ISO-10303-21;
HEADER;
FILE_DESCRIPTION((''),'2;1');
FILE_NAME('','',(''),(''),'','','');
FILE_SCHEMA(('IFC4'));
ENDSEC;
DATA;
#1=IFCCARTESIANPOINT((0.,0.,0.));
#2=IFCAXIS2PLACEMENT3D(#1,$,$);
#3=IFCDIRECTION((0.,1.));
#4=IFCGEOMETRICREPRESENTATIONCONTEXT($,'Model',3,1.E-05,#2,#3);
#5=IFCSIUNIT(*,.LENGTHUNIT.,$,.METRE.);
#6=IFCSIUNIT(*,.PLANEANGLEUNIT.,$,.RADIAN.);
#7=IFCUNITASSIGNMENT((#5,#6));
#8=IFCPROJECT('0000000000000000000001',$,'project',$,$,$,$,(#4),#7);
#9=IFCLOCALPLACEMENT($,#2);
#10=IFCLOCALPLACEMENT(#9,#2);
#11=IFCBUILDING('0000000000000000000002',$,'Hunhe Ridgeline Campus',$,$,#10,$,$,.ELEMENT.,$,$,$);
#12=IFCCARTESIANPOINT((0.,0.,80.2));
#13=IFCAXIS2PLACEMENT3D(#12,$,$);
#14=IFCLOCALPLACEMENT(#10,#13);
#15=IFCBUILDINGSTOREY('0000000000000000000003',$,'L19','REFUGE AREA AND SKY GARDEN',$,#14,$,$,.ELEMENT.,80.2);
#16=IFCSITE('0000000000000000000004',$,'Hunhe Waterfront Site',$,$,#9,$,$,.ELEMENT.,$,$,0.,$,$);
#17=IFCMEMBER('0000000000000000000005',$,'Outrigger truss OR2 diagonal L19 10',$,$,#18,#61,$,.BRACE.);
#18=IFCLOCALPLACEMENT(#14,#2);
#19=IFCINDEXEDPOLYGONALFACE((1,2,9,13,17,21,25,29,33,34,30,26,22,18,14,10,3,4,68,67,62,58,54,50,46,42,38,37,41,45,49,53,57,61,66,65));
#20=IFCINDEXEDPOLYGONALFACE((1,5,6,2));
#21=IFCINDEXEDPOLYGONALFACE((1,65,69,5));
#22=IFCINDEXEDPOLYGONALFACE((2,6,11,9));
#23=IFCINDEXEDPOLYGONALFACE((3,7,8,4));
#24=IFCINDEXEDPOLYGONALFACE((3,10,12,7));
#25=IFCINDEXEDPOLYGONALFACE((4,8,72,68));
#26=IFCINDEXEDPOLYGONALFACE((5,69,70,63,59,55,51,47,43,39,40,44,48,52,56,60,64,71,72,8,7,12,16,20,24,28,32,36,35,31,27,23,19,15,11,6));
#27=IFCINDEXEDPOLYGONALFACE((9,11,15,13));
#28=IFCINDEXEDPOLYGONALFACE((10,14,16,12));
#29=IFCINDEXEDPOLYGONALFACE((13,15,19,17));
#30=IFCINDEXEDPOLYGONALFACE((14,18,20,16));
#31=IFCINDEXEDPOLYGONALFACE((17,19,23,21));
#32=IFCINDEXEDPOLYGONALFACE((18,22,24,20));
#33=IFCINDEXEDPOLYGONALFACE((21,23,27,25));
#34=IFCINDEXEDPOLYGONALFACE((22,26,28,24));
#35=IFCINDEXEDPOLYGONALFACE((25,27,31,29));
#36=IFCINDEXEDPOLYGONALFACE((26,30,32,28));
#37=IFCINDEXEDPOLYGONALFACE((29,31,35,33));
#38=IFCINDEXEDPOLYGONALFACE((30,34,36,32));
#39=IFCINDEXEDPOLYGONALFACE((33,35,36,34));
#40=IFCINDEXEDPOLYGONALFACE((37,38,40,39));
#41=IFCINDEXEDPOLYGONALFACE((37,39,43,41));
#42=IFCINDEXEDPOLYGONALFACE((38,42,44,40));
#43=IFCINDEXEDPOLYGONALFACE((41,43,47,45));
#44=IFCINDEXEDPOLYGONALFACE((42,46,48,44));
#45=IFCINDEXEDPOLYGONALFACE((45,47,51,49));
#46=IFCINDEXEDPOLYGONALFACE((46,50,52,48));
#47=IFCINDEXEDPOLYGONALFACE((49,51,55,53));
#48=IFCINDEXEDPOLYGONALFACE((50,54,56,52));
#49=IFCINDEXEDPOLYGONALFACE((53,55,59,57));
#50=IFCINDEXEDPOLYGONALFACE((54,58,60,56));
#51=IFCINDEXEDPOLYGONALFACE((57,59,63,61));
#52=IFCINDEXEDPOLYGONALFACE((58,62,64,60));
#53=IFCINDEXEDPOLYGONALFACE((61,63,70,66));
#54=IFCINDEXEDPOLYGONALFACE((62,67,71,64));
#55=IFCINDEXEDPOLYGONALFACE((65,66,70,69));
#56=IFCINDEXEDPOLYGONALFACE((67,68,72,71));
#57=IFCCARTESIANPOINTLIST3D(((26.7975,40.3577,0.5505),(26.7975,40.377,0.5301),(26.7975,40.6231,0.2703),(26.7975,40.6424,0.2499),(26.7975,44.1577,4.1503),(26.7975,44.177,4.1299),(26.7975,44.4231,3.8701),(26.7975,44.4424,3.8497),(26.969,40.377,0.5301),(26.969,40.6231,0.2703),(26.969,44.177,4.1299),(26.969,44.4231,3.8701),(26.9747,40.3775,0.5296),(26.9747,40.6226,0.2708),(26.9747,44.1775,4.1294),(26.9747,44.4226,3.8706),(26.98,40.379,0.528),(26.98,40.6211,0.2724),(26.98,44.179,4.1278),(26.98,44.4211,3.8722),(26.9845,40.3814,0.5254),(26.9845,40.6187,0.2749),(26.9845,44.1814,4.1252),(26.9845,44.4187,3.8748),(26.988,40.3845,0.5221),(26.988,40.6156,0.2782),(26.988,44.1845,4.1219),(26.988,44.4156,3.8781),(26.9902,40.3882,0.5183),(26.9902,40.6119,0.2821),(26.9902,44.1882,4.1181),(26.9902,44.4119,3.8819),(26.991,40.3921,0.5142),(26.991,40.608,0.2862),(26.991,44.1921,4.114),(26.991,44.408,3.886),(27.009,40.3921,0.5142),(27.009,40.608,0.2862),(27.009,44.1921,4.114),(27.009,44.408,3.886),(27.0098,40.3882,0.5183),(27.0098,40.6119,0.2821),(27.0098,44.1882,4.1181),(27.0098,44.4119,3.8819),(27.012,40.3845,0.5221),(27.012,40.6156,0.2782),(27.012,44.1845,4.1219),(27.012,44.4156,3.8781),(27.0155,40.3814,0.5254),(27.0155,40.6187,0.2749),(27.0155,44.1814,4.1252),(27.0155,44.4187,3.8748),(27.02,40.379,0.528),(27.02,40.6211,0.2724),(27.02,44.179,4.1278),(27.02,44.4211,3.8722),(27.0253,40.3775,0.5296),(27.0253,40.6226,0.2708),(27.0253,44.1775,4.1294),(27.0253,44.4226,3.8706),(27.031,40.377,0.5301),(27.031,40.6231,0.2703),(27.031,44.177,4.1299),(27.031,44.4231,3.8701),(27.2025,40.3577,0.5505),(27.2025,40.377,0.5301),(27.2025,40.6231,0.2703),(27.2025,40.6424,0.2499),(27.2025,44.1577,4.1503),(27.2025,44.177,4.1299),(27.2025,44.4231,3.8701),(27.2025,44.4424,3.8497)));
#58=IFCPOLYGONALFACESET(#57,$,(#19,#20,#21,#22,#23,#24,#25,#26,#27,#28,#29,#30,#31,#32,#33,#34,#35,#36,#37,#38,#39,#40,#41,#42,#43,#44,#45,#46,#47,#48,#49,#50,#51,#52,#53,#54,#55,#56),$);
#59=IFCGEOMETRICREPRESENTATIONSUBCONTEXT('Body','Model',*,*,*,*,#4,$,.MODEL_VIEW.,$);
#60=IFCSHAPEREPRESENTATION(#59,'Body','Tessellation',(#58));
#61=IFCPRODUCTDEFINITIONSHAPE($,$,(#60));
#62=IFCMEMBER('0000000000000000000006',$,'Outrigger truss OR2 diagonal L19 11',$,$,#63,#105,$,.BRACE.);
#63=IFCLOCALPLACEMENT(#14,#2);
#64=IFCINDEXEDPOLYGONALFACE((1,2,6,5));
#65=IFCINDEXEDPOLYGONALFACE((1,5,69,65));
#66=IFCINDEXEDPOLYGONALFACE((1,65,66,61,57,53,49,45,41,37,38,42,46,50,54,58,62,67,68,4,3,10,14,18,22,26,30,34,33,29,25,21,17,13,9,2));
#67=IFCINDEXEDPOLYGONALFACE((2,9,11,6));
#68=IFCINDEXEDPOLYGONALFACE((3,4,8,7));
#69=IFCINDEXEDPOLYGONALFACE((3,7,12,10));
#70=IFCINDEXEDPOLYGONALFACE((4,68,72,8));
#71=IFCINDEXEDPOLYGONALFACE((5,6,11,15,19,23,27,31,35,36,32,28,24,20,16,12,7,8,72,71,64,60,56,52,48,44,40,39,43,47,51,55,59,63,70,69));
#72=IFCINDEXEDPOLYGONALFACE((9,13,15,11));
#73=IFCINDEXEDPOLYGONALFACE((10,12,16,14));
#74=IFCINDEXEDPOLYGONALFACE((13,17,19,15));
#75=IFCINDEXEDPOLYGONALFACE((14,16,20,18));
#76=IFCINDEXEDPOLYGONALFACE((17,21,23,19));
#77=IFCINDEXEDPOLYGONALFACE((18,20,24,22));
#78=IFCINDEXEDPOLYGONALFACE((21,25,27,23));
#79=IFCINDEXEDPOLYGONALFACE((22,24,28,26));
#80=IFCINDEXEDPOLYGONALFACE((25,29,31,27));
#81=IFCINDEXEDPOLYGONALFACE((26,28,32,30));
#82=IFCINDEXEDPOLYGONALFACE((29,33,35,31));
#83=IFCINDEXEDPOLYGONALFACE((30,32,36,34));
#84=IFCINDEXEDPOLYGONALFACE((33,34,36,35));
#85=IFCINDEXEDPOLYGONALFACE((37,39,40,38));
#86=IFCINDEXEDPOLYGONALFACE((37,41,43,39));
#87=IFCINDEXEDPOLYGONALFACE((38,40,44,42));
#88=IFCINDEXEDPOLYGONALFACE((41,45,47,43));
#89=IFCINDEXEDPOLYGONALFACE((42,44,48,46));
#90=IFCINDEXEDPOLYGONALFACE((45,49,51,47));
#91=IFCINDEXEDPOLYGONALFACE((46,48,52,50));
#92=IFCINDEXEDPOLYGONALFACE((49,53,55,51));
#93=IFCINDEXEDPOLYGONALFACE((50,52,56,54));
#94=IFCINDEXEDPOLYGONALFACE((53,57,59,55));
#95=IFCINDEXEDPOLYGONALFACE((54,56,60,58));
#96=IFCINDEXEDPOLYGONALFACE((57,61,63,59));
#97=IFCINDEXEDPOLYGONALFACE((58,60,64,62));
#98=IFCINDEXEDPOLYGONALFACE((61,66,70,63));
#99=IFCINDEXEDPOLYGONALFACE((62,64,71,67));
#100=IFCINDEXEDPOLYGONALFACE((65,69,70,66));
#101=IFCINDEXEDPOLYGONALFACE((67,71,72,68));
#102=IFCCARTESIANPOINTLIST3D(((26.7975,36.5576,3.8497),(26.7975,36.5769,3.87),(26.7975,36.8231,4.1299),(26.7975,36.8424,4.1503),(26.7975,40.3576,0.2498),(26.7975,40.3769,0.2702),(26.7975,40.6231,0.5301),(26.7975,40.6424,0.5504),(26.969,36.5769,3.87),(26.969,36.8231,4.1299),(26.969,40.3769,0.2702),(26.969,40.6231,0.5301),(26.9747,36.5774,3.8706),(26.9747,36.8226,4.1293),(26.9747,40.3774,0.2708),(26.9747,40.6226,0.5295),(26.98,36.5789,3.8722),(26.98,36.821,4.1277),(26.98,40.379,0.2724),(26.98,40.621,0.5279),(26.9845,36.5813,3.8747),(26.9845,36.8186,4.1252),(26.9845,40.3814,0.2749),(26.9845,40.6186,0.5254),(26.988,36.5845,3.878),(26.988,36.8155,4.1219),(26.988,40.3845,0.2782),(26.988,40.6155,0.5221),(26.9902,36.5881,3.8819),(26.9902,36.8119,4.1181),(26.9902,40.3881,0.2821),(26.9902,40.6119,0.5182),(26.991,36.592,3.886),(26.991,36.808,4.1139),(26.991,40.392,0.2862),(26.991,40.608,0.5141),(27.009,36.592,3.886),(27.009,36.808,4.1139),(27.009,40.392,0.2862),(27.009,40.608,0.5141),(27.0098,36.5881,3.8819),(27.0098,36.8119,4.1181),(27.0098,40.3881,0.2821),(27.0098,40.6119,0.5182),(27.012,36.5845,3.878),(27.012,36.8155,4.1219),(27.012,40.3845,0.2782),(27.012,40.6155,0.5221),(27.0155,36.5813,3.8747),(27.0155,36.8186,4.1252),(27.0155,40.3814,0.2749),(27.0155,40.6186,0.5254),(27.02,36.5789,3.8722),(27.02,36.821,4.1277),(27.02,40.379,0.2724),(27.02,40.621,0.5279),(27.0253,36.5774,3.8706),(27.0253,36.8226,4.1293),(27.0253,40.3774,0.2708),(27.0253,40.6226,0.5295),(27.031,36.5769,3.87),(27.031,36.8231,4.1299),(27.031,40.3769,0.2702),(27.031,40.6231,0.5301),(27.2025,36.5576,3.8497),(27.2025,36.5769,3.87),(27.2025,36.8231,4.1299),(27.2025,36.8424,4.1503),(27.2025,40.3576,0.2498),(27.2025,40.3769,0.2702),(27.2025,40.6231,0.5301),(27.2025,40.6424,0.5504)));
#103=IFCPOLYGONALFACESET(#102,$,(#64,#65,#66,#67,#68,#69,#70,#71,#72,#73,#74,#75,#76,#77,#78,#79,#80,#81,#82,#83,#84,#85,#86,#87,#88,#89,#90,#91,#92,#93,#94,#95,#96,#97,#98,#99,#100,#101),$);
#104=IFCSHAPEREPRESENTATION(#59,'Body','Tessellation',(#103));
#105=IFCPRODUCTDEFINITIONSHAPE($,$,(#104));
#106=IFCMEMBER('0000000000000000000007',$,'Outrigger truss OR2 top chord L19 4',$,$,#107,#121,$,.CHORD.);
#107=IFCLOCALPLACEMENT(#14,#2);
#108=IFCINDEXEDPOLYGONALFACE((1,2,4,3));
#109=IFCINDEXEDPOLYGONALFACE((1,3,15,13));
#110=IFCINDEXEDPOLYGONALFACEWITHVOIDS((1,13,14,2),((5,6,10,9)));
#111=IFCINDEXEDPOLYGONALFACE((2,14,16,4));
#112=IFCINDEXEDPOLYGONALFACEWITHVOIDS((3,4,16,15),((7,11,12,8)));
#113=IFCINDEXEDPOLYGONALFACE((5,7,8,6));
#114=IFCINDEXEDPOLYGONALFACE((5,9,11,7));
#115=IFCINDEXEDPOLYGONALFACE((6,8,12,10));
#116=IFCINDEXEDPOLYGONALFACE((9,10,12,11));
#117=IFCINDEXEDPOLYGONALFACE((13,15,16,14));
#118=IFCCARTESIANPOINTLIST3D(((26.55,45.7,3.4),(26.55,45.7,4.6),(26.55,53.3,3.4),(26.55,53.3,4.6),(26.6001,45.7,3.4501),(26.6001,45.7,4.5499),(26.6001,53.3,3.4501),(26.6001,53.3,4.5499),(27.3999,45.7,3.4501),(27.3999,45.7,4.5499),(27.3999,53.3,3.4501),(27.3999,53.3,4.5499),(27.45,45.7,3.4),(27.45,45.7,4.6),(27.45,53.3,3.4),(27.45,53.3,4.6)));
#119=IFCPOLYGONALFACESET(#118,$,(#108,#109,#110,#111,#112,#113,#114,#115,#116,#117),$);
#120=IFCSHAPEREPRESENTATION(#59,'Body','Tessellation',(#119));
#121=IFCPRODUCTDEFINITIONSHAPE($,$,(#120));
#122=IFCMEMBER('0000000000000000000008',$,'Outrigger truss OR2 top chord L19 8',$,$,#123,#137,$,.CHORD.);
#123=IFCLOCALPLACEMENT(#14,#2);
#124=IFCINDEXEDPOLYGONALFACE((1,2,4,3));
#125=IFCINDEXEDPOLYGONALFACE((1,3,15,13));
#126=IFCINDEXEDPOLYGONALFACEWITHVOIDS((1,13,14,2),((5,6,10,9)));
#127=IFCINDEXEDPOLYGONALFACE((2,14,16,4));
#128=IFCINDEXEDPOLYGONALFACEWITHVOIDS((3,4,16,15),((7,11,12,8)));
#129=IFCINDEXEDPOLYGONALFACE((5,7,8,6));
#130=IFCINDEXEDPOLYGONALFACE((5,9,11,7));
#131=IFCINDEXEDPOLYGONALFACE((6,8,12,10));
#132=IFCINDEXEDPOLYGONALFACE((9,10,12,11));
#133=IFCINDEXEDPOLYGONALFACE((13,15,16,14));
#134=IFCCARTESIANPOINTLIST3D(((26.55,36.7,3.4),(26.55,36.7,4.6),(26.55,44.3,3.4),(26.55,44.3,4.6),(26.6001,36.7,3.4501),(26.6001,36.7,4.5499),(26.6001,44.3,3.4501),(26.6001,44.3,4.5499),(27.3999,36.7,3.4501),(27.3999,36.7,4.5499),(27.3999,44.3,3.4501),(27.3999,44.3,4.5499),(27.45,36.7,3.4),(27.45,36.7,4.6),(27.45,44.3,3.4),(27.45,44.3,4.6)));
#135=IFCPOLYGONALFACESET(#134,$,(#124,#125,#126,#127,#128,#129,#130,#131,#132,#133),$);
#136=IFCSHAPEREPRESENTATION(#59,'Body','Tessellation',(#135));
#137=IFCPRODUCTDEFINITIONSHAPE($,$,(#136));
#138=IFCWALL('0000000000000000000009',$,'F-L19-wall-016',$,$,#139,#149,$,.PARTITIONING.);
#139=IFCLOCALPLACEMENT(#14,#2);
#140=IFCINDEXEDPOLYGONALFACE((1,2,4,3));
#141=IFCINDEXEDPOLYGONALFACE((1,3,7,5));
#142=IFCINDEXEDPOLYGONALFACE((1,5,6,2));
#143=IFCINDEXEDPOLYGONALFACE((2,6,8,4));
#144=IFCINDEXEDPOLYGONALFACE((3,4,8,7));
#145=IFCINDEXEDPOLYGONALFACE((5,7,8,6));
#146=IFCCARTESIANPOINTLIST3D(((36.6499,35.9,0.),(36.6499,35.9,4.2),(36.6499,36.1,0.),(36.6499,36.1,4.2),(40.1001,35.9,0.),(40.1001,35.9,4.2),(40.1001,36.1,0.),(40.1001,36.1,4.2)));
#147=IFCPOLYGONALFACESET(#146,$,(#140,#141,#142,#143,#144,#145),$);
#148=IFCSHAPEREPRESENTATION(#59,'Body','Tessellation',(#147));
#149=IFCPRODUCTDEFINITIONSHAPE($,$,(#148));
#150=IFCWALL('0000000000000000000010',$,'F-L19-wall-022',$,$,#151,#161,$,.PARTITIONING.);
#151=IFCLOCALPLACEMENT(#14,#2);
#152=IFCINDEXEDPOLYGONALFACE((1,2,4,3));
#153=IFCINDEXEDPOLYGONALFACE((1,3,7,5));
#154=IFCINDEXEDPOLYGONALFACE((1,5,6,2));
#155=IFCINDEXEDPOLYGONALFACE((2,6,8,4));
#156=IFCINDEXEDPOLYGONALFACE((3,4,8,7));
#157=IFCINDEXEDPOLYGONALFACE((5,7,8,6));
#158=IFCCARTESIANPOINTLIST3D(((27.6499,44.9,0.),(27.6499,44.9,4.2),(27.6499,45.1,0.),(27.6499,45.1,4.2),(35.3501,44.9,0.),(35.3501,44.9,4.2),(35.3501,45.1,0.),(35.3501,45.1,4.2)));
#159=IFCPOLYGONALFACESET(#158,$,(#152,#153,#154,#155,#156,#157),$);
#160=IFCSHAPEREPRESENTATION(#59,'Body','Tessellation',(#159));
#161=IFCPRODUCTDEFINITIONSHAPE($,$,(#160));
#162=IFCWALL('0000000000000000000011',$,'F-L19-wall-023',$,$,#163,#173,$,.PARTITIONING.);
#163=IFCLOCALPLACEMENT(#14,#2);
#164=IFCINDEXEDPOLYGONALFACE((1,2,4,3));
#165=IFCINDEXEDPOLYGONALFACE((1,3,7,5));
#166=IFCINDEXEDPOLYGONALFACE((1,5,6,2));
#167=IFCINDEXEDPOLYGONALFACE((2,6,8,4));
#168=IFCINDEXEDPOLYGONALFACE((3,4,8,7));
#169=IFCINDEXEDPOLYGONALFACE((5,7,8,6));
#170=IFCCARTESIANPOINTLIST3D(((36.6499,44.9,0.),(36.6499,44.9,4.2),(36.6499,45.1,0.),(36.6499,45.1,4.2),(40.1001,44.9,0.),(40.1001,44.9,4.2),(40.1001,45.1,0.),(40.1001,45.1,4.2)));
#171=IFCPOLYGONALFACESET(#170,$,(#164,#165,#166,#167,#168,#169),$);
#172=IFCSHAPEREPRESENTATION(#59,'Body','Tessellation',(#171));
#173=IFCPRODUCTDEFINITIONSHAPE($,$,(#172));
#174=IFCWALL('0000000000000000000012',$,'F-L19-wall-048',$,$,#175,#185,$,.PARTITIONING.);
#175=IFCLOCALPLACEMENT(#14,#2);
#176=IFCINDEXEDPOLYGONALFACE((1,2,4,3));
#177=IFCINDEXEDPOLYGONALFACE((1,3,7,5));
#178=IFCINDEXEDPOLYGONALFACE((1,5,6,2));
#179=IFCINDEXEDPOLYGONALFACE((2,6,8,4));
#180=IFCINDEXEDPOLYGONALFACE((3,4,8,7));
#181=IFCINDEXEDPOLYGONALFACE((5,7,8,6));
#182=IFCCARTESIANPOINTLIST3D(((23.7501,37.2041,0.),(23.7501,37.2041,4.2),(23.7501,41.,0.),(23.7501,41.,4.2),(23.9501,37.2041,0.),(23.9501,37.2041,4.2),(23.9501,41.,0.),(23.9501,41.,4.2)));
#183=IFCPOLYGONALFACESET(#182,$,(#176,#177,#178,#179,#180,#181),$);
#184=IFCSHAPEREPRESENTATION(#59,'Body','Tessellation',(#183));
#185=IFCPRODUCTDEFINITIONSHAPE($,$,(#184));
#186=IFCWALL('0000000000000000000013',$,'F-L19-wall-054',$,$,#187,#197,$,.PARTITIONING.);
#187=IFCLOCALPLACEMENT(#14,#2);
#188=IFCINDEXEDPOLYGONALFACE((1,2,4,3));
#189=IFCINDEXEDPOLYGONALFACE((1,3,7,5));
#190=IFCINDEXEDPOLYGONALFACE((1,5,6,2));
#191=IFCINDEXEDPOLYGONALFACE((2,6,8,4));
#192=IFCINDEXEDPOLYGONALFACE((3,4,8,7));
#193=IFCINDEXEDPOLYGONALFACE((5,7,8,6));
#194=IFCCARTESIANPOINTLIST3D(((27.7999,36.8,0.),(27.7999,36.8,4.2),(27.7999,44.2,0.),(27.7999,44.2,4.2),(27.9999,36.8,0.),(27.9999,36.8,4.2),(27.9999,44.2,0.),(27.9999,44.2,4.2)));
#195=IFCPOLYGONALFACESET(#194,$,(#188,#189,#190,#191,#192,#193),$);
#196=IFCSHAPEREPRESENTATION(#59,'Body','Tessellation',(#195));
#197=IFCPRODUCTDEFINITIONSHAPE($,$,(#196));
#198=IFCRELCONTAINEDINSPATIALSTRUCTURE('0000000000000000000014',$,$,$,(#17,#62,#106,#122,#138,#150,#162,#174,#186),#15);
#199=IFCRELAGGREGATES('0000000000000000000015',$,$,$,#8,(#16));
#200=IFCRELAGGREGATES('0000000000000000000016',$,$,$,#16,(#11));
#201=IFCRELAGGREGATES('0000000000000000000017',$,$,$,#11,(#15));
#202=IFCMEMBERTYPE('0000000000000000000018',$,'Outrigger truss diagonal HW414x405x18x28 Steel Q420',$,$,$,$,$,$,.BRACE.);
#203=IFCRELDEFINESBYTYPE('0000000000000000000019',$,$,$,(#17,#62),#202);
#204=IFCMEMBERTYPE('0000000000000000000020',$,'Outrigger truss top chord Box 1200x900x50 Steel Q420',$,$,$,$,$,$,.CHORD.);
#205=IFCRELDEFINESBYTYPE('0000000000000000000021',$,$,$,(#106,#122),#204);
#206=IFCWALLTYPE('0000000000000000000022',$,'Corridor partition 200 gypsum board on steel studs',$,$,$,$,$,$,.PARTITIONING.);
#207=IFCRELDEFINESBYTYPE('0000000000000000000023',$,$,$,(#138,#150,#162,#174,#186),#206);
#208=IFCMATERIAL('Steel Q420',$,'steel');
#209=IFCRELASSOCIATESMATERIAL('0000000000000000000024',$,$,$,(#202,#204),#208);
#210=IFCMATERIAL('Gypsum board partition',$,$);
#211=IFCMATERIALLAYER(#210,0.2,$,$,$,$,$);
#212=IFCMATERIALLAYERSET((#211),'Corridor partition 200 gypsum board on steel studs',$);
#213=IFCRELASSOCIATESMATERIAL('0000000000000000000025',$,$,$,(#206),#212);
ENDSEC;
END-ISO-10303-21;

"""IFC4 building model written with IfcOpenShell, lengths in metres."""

from ifc_helpers import new_model, si_unit, direction, frame, frame_2d, origin, origin_2d, place, context, subcontext, project, spatial, rectangle, hollow_rectangle, i_section, extrude, material, layer, layer_set, material_profile, profile_set, type_object, element, save


model = new_model("IFC4")

# Units and contexts
model_context = context("Model", 3, precision=1e-05, world=origin(), true_north=direction((0.0, 1.0)))
body_context = subcontext(model_context, "Body", "Model", "MODEL_VIEW")
ifc_project = project(units=[si_unit("LENGTHUNIT", "METRE"), si_unit("PLANEANGLEUNIT", "RADIAN")], contexts=[model_context])

# Site, building, storey
site_placement = place(None, origin())
site = spatial("IfcSite", under=ifc_project, at=site_placement, Name="Hunhe Waterfront Site", CompositionType="ELEMENT", RefElevation=0.0)
building_placement = place(site_placement, origin())
building = spatial("IfcBuilding", under=site, at=building_placement, Name="Hunhe Ridgeline Campus", CompositionType="ELEMENT")
storey_placement = place(building_placement, frame((0.0, 0.0, 80.2)))
storey = spatial("IfcBuildingStorey", under=building, at=storey_placement, Name="L19", Description="REFUGE AREA AND SKY GARDEN", CompositionType="ELEMENT", Elevation=80.2)

# Members
ifc_material_1 = material(Name="Steel Q420", Category="steel")
ifc_material_profile_1 = material_profile(ifc_material_1, i_section(OverallWidth=0.405, OverallDepth=0.4141, WebThickness=0.0181, FlangeThickness=0.0281, FilletRadius=0.022, at=origin_2d()))
ifc_profile_set_1 = profile_set([ifc_material_profile_1], Name="Steel Q420")
member_type_1 = type_object("IfcMemberType", Name="Outrigger truss diagonal HW414x405x18x28 Steel Q420", PredefinedType="BRACE", material=ifc_profile_set_1)
for number, where, z_axis, x_axis, name in (
    (1, (27.0, 44.3, 4.0), (0.0, -0.725971, -0.687725), (1.0, 0.0, 0.0), "Outrigger truss OR2 diagonal L19 10"),
    (2, (27.0, 40.5, 0.4001), (0.0, -0.725971, 0.687725), (1.0, 0.0, 0.0), "Outrigger truss OR2 diagonal L19 11"),
):
    element("IfcMember", number, at=place(storey_placement, frame(where, z_axis=z_axis, x_axis=x_axis)), inside=storey, type_object=member_type_1, Name=name, PredefinedType="BRACE", context=body_context, shape_type="SweptSolid", body=[
        extrude(i_section(OverallWidth=0.405, OverallDepth=0.4141, WebThickness=0.0181, FlangeThickness=0.0281, FilletRadius=0.022, at=origin_2d()), origin(), (0.0, 0.0, 1.0), 5.2344),
    ])
ifc_material_profile_2 = material_profile(ifc_material_1, hollow_rectangle(XDim=0.8999, YDim=1.2, WallThickness=0.05, at=origin_2d()))
ifc_profile_set_2 = profile_set([ifc_material_profile_2], Name="Steel Q420")
member_type_2 = type_object("IfcMemberType", Name="Outrigger truss top chord Box 1200x900x50 Steel Q420", PredefinedType="CHORD", material=ifc_profile_set_2)
for number, where, z_axis, x_axis, name in (
    (3, (27.0, 53.3, 4.0), (0.0, -1.0, 0.0), (1.0, 0.0, 0.0), "Outrigger truss OR2 top chord L19 4"),
    (4, (27.0, 44.3, 4.0), (0.0, -1.0, 0.0), (1.0, 0.0, 0.0), "Outrigger truss OR2 top chord L19 8"),
):
    element("IfcMember", number, at=place(storey_placement, frame(where, z_axis=z_axis, x_axis=x_axis)), inside=storey, type_object=member_type_2, Name=name, PredefinedType="CHORD", context=body_context, shape_type="SweptSolid", body=[
        extrude(hollow_rectangle(XDim=0.8999, YDim=1.2, WallThickness=0.05, at=origin_2d()), origin(), (0.0, 0.0, 1.0), 7.6001),
    ])

# Wall
ifc_material_2 = material(Name="Gypsum board partition")
ifc_layer = layer(ifc_material_2, 0.2)
ifc_layer_set = layer_set([ifc_layer], Name="Corridor partition 200 gypsum board on steel studs")
wall_type = type_object("IfcWallType", Name="Corridor partition 200 gypsum board on steel studs", PredefinedType="PARTITIONING", material=ifc_layer_set)
wall_1_placement = place(storey_placement, frame((36.6499, 36.0, 0.0), z_axis=(0.0, 0.0, 1.0), x_axis=(1.0, 0.0, 0.0)))
element("IfcWall", 5, at=wall_1_placement, inside=storey, type_object=wall_type, Name="F-L19-wall-016", PredefinedType="PARTITIONING", context=body_context, shape_type="SweptSolid", body=[
    extrude(rectangle(XDim=3.4502, YDim=0.2, at=frame_2d((1.7251, 0.0))), origin(), (0.0, 0.0, 1.0), 4.2),
])

# Walls
wall_2_placement = place(storey_placement, frame((27.6499, 45.0, 0.0), z_axis=(0.0, 0.0, 1.0), x_axis=(1.0, 0.0, 0.0)))
element("IfcWall", 6, at=wall_2_placement, inside=storey, type_object=wall_type, Name="F-L19-wall-022", PredefinedType="PARTITIONING", context=body_context, shape_type="SweptSolid", body=[
    extrude(rectangle(XDim=7.7002, YDim=0.2, at=frame_2d((3.8501, 0.0))), origin(), (0.0, 0.0, 1.0), 4.2),
])
wall_3_placement = place(storey_placement, frame((36.6499, 45.0, 0.0), z_axis=(0.0, 0.0, 1.0), x_axis=(1.0, 0.0, 0.0)))
element("IfcWall", 7, at=wall_3_placement, inside=storey, type_object=wall_type, Name="F-L19-wall-023", PredefinedType="PARTITIONING", context=body_context, shape_type="SweptSolid", body=[
    extrude(rectangle(XDim=3.4502, YDim=0.2, at=frame_2d((1.7251, 0.0))), origin(), (0.0, 0.0, 1.0), 4.2),
])
wall_4_placement = place(storey_placement, frame((23.8501, 37.2041, 0.0), z_axis=(0.0, 0.0, 1.0), x_axis=(0.0, 1.0, 0.0)))
element("IfcWall", 8, at=wall_4_placement, inside=storey, type_object=wall_type, Name="F-L19-wall-048", PredefinedType="PARTITIONING", context=body_context, shape_type="SweptSolid", body=[
    extrude(rectangle(XDim=3.7959, YDim=0.2, at=frame_2d((1.8979, 0.0))), origin(), (0.0, 0.0, 1.0), 4.2),
])

# Wall
for number, where, z_axis, x_axis, name in (
    (9, (27.8999, 44.2, 0.0), (0.0, 0.0, 1.0), (0.0, -1.0, 0.0), "F-L19-wall-054"),
):
    element("IfcWall", number, at=place(storey_placement, frame(where, z_axis=z_axis, x_axis=x_axis)), inside=storey, type_object=wall_type, Name=name, PredefinedType="PARTITIONING", context=body_context, shape_type="SweptSolid", body=[
        extrude(rectangle(XDim=7.3999, YDim=0.2, at=frame_2d((3.7, 0.0))), origin(), (0.0, 0.0, 1.0), 4.2),
    ])

save(model, "model.ifc")
